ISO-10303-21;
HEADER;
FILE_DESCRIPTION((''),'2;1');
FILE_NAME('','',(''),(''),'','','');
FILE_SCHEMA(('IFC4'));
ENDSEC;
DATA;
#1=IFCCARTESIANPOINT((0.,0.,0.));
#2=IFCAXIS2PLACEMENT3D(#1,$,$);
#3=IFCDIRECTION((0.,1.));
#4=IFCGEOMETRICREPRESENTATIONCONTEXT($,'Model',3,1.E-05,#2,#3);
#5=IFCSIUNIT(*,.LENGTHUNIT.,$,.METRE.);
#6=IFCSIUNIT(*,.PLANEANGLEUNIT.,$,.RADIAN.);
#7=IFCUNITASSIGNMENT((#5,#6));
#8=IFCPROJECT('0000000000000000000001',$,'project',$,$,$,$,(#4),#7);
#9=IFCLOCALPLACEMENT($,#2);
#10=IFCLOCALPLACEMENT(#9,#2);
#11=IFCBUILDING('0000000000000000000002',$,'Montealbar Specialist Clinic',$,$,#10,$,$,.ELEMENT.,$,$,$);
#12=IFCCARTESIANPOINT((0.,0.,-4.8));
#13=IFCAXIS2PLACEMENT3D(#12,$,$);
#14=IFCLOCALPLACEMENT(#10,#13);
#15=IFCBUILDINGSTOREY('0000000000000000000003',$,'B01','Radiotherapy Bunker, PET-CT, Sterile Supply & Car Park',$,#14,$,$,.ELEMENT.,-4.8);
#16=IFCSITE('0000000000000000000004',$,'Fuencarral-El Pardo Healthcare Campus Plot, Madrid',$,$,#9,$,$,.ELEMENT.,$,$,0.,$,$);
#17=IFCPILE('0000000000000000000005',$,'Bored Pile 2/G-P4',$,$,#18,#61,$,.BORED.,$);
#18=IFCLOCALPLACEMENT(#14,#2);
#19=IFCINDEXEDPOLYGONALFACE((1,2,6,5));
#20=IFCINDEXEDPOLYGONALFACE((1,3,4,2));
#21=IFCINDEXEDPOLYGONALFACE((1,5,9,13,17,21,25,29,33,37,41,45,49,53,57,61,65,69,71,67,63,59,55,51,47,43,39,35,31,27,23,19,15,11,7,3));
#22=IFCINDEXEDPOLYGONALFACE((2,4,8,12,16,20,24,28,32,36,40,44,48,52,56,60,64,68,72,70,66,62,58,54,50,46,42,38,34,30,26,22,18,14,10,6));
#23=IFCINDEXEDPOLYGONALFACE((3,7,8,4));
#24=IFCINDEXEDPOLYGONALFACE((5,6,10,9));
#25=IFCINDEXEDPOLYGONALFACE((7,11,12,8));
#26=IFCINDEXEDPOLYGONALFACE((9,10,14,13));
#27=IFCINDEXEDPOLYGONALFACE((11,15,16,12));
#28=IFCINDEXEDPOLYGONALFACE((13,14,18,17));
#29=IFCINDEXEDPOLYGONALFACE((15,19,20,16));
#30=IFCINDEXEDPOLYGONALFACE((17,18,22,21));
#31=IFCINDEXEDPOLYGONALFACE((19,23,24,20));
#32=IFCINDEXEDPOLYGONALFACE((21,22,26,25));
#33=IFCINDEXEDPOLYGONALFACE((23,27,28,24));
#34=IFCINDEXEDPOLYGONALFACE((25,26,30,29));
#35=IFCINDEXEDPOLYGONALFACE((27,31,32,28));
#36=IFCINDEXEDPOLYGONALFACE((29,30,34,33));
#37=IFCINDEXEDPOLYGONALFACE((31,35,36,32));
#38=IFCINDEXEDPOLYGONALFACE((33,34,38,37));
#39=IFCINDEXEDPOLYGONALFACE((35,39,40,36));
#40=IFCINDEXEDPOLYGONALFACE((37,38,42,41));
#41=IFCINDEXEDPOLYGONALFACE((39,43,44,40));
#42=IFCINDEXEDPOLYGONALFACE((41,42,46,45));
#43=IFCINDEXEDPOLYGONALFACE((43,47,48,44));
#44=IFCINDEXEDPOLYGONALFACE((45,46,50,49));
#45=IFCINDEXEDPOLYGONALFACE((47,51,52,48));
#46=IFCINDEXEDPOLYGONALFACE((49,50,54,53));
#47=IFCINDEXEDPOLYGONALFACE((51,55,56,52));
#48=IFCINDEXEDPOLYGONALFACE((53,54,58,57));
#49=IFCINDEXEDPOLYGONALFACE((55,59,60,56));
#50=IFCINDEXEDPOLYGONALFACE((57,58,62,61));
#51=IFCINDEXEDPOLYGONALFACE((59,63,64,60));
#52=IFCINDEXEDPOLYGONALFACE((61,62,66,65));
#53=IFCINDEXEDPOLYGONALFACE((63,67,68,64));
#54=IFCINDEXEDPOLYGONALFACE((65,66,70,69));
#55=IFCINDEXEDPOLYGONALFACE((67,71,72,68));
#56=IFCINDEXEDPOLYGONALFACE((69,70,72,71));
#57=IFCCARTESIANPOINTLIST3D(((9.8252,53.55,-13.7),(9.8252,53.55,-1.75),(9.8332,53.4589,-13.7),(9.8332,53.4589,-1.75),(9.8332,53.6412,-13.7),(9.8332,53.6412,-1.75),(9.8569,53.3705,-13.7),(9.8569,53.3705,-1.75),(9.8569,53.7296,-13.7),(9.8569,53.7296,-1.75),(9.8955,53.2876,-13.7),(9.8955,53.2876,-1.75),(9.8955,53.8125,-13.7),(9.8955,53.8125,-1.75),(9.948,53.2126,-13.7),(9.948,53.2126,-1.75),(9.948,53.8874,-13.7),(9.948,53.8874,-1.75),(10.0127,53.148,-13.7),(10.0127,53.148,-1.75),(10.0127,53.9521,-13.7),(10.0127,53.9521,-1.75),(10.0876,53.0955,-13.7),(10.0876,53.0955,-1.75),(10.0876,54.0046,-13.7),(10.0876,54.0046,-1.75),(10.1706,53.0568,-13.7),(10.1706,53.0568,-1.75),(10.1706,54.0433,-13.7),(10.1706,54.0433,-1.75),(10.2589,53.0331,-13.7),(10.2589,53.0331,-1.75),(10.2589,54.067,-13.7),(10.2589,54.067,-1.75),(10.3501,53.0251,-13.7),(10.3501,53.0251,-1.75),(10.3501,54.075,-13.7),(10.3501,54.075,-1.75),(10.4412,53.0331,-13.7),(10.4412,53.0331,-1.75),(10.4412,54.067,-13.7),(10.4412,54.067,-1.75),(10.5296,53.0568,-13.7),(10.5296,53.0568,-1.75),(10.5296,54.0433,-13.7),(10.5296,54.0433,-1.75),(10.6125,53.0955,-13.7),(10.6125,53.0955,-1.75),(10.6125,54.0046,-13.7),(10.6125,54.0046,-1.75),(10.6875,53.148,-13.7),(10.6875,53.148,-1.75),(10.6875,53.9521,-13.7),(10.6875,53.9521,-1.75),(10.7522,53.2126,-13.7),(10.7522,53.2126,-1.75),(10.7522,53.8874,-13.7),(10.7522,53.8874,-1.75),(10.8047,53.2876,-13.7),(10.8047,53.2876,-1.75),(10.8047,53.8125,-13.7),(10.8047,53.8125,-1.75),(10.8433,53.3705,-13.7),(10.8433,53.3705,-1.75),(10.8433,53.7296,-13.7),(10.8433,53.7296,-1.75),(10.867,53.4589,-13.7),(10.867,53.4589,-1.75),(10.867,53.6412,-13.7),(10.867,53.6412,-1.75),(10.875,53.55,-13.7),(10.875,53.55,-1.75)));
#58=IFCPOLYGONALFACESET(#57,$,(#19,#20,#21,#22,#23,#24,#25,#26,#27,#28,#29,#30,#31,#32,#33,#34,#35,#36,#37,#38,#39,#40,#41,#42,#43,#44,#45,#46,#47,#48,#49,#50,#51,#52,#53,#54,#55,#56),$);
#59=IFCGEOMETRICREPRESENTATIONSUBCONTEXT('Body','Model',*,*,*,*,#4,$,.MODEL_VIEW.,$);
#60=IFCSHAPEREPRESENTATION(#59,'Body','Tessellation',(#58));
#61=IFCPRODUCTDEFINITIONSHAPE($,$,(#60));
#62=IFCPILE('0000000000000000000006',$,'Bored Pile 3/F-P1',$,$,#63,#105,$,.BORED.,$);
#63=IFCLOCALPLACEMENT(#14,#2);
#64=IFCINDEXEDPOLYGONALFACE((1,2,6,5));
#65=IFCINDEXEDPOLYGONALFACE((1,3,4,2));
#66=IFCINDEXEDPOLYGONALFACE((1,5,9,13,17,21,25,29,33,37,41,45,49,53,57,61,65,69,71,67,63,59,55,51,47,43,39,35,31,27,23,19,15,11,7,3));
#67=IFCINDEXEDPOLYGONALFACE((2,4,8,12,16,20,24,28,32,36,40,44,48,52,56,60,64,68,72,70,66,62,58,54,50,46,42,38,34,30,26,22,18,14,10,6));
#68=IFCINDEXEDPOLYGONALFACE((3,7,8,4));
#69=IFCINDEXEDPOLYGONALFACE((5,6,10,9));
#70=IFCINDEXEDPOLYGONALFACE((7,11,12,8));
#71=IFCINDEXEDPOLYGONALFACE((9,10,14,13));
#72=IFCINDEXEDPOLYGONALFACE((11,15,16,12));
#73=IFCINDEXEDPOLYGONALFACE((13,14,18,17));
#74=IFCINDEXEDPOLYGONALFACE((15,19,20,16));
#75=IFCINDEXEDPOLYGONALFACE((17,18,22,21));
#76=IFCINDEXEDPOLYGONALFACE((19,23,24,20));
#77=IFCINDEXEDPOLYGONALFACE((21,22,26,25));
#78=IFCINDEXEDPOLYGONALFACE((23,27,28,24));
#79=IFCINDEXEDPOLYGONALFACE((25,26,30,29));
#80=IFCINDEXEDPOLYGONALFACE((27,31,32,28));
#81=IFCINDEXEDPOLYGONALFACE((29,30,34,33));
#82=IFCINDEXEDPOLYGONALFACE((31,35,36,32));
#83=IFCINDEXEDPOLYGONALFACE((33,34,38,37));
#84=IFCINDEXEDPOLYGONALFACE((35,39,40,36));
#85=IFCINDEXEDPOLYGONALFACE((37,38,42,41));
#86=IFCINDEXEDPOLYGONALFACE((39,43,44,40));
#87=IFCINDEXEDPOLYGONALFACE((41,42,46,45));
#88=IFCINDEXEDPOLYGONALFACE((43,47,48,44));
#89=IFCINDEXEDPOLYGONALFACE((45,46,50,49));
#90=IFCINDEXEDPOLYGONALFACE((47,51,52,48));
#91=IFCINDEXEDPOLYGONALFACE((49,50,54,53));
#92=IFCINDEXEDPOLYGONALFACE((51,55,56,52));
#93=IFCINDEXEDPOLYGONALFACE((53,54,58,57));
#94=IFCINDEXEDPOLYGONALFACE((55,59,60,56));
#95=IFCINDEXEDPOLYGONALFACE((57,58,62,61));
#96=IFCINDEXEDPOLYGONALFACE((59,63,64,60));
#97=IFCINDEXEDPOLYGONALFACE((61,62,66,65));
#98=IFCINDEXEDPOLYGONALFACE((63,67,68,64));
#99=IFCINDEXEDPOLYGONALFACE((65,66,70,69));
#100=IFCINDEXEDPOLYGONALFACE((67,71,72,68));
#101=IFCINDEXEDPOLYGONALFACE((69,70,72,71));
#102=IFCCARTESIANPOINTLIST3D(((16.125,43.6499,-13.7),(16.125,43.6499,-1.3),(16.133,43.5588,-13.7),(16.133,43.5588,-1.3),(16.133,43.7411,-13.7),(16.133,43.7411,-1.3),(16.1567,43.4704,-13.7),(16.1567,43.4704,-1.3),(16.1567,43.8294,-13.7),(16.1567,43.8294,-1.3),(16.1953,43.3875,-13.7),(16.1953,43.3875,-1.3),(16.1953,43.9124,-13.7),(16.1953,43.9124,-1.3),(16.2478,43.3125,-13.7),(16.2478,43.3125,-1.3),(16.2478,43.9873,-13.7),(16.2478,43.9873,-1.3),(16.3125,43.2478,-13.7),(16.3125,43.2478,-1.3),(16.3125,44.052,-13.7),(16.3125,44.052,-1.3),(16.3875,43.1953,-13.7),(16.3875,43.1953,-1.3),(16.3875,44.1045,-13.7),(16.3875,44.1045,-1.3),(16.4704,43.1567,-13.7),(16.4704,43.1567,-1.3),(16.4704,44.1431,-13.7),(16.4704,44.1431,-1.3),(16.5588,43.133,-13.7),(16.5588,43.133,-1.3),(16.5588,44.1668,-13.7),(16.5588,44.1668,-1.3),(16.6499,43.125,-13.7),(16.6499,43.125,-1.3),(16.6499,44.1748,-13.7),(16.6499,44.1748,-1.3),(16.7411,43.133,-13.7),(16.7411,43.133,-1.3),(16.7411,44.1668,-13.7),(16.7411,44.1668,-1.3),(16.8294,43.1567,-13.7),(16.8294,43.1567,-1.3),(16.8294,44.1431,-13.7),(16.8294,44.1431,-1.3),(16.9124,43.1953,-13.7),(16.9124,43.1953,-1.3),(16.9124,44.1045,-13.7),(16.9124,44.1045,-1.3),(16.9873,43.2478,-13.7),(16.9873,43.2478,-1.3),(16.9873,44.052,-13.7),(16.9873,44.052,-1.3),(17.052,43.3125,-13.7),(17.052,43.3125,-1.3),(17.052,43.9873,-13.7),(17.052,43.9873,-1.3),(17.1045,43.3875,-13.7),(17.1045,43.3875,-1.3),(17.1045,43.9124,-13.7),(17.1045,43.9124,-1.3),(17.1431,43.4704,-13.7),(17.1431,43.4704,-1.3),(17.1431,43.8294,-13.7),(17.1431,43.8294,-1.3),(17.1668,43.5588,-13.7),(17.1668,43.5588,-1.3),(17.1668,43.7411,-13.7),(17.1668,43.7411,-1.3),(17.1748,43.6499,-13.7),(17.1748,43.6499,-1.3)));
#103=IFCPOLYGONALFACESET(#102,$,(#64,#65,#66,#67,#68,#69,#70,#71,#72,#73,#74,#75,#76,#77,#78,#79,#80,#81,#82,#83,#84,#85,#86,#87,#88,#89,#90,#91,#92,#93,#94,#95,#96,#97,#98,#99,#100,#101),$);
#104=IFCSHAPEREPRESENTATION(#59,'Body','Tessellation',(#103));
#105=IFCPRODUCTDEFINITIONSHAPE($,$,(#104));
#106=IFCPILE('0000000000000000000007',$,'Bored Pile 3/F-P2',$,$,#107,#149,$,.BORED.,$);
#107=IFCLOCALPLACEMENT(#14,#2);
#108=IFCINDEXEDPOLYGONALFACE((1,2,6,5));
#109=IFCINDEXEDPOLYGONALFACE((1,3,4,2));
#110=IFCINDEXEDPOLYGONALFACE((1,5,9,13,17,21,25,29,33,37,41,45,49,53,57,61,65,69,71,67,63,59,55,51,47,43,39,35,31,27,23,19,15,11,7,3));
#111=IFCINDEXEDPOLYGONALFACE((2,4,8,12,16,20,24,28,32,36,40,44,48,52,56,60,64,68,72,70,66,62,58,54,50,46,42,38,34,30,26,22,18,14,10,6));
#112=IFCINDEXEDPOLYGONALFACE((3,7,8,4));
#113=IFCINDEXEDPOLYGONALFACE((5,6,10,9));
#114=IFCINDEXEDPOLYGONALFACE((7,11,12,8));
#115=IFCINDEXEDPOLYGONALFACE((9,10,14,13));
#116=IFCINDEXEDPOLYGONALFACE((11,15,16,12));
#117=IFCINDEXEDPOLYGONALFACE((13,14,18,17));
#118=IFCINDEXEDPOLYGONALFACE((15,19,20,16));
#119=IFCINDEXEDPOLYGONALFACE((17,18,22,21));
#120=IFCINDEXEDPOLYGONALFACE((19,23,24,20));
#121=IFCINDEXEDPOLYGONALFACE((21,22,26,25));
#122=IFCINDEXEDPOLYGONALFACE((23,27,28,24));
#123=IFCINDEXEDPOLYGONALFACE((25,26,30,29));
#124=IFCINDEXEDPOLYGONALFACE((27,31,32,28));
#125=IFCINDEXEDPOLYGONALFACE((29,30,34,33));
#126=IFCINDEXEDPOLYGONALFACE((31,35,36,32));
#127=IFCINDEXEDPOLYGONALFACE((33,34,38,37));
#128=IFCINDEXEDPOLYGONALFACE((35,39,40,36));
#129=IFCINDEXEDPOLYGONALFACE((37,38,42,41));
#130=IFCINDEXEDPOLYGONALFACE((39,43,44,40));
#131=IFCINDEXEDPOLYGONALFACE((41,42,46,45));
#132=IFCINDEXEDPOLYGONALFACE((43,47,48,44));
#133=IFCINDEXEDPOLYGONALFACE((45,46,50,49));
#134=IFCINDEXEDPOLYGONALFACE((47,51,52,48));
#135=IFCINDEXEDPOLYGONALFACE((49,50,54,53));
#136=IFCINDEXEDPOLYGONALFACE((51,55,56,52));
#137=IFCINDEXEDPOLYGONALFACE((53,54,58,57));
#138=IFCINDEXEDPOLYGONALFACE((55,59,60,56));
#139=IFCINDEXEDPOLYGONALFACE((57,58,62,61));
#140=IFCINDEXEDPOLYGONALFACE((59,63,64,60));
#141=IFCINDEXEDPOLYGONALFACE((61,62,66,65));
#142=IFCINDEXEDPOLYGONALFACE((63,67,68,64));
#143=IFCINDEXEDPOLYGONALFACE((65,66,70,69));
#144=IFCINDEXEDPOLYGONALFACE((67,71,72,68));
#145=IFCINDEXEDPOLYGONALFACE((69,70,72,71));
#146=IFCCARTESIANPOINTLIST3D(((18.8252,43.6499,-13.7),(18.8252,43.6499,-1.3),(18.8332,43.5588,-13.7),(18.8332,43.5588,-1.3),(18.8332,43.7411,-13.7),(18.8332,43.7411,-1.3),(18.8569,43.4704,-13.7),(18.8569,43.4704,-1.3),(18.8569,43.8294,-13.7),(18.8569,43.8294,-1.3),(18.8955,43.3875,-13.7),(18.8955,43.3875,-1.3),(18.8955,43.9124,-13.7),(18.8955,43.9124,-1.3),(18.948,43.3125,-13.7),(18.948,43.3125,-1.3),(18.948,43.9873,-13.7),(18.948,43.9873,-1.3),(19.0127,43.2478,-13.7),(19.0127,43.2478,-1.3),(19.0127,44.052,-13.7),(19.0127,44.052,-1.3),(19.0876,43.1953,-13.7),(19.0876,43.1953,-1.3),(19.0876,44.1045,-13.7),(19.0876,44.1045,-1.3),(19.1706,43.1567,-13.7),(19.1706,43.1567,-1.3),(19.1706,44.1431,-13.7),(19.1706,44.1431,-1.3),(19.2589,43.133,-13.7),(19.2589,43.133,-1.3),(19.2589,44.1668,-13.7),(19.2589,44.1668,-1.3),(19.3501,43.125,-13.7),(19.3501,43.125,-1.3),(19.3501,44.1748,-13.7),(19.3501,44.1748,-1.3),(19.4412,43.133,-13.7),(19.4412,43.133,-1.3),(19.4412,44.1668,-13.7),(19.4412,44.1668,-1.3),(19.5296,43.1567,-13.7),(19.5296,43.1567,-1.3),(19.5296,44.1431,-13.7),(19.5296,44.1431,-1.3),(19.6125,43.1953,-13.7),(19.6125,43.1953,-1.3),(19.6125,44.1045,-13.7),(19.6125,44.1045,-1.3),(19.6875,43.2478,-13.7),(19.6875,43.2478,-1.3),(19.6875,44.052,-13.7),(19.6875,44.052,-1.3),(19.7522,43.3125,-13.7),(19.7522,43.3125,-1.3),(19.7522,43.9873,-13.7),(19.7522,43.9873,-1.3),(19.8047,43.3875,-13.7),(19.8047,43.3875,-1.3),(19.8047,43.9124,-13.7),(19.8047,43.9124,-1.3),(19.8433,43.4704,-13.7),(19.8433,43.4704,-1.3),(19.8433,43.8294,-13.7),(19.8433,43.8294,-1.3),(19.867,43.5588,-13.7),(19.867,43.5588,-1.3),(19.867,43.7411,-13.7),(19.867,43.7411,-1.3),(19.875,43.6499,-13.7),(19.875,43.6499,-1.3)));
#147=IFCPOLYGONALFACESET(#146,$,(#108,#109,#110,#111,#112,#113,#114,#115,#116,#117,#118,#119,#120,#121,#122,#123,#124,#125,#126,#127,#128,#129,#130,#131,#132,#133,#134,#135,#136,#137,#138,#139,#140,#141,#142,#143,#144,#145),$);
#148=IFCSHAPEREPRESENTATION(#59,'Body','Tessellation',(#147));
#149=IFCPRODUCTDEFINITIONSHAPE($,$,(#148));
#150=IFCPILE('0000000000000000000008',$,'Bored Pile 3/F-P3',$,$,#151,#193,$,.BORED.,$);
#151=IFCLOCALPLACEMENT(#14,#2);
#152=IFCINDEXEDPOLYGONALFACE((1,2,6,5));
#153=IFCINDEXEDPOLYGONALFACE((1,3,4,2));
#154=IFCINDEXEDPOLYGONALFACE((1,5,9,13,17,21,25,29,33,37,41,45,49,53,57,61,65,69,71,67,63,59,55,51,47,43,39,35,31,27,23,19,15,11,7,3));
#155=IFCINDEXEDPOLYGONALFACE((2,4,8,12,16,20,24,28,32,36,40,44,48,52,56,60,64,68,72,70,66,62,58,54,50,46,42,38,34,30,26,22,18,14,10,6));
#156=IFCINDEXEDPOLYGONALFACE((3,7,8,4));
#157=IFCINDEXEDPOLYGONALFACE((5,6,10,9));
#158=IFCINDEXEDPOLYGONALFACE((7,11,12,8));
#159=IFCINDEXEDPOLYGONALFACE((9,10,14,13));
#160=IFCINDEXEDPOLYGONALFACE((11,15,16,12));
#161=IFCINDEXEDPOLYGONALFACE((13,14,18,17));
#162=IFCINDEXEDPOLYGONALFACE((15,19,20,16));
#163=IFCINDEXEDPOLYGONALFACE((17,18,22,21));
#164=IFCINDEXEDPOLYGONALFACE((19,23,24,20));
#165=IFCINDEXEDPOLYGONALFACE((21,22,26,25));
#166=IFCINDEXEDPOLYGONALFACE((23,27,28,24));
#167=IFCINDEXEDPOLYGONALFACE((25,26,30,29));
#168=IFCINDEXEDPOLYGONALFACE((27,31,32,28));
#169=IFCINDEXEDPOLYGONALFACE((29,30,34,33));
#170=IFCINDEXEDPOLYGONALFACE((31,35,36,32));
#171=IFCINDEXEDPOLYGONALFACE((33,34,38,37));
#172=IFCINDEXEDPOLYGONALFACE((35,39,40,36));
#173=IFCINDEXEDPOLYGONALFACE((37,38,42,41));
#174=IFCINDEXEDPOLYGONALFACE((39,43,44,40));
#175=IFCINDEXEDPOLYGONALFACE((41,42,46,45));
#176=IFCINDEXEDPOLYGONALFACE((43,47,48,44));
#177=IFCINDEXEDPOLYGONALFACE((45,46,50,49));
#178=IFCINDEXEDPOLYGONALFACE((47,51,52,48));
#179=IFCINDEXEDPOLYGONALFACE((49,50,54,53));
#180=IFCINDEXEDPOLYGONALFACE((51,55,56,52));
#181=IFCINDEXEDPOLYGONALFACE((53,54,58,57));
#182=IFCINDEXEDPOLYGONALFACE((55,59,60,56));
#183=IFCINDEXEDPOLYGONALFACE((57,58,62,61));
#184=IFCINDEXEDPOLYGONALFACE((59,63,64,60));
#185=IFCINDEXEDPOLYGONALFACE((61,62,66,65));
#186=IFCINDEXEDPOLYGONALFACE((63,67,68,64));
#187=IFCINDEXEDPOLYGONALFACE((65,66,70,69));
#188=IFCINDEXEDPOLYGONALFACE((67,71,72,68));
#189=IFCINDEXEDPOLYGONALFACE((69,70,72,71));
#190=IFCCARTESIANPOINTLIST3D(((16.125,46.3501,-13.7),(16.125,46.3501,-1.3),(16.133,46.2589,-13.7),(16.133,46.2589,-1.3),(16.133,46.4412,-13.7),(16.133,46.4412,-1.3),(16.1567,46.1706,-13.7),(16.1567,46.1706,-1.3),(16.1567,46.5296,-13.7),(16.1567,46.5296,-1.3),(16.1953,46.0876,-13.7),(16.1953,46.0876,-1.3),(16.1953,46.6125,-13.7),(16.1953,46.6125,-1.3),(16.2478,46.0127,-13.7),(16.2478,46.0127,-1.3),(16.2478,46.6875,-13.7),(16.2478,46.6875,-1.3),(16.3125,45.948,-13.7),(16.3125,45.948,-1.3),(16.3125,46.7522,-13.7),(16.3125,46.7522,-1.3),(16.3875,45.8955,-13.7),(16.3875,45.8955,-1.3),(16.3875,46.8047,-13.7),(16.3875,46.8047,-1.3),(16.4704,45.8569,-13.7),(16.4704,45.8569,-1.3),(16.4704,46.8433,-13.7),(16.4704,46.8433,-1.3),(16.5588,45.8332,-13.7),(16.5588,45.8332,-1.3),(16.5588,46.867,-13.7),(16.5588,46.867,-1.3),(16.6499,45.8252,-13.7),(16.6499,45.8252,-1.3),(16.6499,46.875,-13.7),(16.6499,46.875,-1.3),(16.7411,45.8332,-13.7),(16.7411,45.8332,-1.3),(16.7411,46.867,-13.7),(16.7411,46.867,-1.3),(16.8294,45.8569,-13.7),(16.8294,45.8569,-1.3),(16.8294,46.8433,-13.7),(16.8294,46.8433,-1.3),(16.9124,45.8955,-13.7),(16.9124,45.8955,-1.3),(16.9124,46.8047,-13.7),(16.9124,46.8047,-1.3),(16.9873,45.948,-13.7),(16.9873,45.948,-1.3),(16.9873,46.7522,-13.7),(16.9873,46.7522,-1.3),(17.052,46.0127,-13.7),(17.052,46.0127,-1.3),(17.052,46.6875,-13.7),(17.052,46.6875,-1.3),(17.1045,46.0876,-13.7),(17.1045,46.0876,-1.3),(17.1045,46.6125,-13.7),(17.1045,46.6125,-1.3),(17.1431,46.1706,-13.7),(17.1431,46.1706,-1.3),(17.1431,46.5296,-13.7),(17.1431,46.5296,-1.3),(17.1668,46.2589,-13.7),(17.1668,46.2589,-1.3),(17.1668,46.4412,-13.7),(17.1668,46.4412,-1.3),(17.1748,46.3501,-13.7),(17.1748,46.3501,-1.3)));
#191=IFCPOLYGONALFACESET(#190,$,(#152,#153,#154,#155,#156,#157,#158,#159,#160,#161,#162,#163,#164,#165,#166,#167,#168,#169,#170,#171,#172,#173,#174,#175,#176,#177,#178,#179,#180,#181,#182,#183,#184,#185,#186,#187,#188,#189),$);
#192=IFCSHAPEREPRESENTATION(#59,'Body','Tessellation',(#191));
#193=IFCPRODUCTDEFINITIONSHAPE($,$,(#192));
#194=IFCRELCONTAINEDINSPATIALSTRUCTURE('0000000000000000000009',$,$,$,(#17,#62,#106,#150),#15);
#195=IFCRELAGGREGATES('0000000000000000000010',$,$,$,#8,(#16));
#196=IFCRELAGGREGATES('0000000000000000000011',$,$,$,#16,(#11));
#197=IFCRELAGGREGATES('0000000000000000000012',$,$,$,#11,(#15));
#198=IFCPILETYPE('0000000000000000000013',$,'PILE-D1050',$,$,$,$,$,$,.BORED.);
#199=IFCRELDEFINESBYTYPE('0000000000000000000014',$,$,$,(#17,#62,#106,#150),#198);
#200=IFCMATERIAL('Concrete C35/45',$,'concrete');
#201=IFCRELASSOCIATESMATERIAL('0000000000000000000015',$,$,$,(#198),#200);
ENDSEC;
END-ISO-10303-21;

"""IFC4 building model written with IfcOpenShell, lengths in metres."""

from ifc_helpers import new_model, si_unit, direction, frame, origin, origin_2d, place, context, subcontext, project, spatial, circle, extrude, material, material_profile, profile_set, type_object, element, save


model = new_model("IFC4")

# Units and contexts
model_context = context("Model", 3, precision=1e-05, world=origin(), true_north=direction((0.0, 1.0)))
body_context = subcontext(model_context, "Body", "Model", "MODEL_VIEW")
ifc_project = project(units=[si_unit("LENGTHUNIT", "METRE"), si_unit("PLANEANGLEUNIT", "RADIAN")], contexts=[model_context])

# Site, building, storey
site_placement = place(None, origin())
site = spatial("IfcSite", under=ifc_project, at=site_placement, Name="Fuencarral-El Pardo Healthcare Campus Plot, Madrid", CompositionType="ELEMENT", RefElevation=0.0)
building_placement = place(site_placement, origin())
building = spatial("IfcBuilding", under=site, at=building_placement, Name="Montealbar Specialist Clinic", CompositionType="ELEMENT")
storey_placement = place(building_placement, frame((0.0, 0.0, -4.8)))
storey = spatial("IfcBuildingStorey", under=building, at=storey_placement, Name="B01", Description="Radiotherapy Bunker, PET-CT, Sterile Supply & Car Park", CompositionType="ELEMENT", Elevation=-4.8)

# Shared definitions
ifc_material_1 = material(Name="Concrete C35/45", Category="concrete")

# Piles
ifc_material_profile_1 = material_profile(ifc_material_1, circle(Radius=0.5249, at=origin_2d()), Name="PILE D1050", Category="concrete")
ifc_profile_set_1 = profile_set([ifc_material_profile_1], Name="Concrete C35/45")
pile_type = type_object("IfcPileType", Name="PILE-D1050", PredefinedType="BORED", material=ifc_profile_set_1)
for number, where, z_axis, x_axis, name in (
    (1, (10.3501, 53.55, -1.75), (0.0, 0.0, -1.0), (1.0, 0.0, 0.0), "Bored Pile 2/G-P4"),
):
    element("IfcPile", number, at=place(storey_placement, frame(where, z_axis=z_axis, x_axis=x_axis)), inside=storey, type_object=pile_type, Name=name, PredefinedType="BORED", context=body_context, shape_type="SweptSolid", body=[
        extrude(circle(Radius=0.5249, at=origin_2d()), origin(), (0.0, 0.0, 1.0), 11.95),
    ])
for number, where, z_axis, x_axis, name in (
    (2, (16.6499, 43.6499, -1.3), (0.0, 0.0, -1.0), (1.0, 0.0, 0.0), "Bored Pile 3/F-P1"),
    (3, (19.3501, 43.6499, -1.3), (0.0, 0.0, -1.0), (1.0, 0.0, 0.0), "Bored Pile 3/F-P2"),
    (4, (16.6499, 46.3501, -1.3), (0.0, 0.0, -1.0), (1.0, 0.0, 0.0), "Bored Pile 3/F-P3"),
):
    element("IfcPile", number, at=place(storey_placement, frame(where, z_axis=z_axis, x_axis=x_axis)), inside=storey, type_object=pile_type, Name=name, PredefinedType="BORED", context=body_context, shape_type="SweptSolid", body=[
        extrude(circle(Radius=0.5249, at=origin_2d()), origin(), (0.0, 0.0, 1.0), 12.3999),
    ])

save(model, "model.ifc")
